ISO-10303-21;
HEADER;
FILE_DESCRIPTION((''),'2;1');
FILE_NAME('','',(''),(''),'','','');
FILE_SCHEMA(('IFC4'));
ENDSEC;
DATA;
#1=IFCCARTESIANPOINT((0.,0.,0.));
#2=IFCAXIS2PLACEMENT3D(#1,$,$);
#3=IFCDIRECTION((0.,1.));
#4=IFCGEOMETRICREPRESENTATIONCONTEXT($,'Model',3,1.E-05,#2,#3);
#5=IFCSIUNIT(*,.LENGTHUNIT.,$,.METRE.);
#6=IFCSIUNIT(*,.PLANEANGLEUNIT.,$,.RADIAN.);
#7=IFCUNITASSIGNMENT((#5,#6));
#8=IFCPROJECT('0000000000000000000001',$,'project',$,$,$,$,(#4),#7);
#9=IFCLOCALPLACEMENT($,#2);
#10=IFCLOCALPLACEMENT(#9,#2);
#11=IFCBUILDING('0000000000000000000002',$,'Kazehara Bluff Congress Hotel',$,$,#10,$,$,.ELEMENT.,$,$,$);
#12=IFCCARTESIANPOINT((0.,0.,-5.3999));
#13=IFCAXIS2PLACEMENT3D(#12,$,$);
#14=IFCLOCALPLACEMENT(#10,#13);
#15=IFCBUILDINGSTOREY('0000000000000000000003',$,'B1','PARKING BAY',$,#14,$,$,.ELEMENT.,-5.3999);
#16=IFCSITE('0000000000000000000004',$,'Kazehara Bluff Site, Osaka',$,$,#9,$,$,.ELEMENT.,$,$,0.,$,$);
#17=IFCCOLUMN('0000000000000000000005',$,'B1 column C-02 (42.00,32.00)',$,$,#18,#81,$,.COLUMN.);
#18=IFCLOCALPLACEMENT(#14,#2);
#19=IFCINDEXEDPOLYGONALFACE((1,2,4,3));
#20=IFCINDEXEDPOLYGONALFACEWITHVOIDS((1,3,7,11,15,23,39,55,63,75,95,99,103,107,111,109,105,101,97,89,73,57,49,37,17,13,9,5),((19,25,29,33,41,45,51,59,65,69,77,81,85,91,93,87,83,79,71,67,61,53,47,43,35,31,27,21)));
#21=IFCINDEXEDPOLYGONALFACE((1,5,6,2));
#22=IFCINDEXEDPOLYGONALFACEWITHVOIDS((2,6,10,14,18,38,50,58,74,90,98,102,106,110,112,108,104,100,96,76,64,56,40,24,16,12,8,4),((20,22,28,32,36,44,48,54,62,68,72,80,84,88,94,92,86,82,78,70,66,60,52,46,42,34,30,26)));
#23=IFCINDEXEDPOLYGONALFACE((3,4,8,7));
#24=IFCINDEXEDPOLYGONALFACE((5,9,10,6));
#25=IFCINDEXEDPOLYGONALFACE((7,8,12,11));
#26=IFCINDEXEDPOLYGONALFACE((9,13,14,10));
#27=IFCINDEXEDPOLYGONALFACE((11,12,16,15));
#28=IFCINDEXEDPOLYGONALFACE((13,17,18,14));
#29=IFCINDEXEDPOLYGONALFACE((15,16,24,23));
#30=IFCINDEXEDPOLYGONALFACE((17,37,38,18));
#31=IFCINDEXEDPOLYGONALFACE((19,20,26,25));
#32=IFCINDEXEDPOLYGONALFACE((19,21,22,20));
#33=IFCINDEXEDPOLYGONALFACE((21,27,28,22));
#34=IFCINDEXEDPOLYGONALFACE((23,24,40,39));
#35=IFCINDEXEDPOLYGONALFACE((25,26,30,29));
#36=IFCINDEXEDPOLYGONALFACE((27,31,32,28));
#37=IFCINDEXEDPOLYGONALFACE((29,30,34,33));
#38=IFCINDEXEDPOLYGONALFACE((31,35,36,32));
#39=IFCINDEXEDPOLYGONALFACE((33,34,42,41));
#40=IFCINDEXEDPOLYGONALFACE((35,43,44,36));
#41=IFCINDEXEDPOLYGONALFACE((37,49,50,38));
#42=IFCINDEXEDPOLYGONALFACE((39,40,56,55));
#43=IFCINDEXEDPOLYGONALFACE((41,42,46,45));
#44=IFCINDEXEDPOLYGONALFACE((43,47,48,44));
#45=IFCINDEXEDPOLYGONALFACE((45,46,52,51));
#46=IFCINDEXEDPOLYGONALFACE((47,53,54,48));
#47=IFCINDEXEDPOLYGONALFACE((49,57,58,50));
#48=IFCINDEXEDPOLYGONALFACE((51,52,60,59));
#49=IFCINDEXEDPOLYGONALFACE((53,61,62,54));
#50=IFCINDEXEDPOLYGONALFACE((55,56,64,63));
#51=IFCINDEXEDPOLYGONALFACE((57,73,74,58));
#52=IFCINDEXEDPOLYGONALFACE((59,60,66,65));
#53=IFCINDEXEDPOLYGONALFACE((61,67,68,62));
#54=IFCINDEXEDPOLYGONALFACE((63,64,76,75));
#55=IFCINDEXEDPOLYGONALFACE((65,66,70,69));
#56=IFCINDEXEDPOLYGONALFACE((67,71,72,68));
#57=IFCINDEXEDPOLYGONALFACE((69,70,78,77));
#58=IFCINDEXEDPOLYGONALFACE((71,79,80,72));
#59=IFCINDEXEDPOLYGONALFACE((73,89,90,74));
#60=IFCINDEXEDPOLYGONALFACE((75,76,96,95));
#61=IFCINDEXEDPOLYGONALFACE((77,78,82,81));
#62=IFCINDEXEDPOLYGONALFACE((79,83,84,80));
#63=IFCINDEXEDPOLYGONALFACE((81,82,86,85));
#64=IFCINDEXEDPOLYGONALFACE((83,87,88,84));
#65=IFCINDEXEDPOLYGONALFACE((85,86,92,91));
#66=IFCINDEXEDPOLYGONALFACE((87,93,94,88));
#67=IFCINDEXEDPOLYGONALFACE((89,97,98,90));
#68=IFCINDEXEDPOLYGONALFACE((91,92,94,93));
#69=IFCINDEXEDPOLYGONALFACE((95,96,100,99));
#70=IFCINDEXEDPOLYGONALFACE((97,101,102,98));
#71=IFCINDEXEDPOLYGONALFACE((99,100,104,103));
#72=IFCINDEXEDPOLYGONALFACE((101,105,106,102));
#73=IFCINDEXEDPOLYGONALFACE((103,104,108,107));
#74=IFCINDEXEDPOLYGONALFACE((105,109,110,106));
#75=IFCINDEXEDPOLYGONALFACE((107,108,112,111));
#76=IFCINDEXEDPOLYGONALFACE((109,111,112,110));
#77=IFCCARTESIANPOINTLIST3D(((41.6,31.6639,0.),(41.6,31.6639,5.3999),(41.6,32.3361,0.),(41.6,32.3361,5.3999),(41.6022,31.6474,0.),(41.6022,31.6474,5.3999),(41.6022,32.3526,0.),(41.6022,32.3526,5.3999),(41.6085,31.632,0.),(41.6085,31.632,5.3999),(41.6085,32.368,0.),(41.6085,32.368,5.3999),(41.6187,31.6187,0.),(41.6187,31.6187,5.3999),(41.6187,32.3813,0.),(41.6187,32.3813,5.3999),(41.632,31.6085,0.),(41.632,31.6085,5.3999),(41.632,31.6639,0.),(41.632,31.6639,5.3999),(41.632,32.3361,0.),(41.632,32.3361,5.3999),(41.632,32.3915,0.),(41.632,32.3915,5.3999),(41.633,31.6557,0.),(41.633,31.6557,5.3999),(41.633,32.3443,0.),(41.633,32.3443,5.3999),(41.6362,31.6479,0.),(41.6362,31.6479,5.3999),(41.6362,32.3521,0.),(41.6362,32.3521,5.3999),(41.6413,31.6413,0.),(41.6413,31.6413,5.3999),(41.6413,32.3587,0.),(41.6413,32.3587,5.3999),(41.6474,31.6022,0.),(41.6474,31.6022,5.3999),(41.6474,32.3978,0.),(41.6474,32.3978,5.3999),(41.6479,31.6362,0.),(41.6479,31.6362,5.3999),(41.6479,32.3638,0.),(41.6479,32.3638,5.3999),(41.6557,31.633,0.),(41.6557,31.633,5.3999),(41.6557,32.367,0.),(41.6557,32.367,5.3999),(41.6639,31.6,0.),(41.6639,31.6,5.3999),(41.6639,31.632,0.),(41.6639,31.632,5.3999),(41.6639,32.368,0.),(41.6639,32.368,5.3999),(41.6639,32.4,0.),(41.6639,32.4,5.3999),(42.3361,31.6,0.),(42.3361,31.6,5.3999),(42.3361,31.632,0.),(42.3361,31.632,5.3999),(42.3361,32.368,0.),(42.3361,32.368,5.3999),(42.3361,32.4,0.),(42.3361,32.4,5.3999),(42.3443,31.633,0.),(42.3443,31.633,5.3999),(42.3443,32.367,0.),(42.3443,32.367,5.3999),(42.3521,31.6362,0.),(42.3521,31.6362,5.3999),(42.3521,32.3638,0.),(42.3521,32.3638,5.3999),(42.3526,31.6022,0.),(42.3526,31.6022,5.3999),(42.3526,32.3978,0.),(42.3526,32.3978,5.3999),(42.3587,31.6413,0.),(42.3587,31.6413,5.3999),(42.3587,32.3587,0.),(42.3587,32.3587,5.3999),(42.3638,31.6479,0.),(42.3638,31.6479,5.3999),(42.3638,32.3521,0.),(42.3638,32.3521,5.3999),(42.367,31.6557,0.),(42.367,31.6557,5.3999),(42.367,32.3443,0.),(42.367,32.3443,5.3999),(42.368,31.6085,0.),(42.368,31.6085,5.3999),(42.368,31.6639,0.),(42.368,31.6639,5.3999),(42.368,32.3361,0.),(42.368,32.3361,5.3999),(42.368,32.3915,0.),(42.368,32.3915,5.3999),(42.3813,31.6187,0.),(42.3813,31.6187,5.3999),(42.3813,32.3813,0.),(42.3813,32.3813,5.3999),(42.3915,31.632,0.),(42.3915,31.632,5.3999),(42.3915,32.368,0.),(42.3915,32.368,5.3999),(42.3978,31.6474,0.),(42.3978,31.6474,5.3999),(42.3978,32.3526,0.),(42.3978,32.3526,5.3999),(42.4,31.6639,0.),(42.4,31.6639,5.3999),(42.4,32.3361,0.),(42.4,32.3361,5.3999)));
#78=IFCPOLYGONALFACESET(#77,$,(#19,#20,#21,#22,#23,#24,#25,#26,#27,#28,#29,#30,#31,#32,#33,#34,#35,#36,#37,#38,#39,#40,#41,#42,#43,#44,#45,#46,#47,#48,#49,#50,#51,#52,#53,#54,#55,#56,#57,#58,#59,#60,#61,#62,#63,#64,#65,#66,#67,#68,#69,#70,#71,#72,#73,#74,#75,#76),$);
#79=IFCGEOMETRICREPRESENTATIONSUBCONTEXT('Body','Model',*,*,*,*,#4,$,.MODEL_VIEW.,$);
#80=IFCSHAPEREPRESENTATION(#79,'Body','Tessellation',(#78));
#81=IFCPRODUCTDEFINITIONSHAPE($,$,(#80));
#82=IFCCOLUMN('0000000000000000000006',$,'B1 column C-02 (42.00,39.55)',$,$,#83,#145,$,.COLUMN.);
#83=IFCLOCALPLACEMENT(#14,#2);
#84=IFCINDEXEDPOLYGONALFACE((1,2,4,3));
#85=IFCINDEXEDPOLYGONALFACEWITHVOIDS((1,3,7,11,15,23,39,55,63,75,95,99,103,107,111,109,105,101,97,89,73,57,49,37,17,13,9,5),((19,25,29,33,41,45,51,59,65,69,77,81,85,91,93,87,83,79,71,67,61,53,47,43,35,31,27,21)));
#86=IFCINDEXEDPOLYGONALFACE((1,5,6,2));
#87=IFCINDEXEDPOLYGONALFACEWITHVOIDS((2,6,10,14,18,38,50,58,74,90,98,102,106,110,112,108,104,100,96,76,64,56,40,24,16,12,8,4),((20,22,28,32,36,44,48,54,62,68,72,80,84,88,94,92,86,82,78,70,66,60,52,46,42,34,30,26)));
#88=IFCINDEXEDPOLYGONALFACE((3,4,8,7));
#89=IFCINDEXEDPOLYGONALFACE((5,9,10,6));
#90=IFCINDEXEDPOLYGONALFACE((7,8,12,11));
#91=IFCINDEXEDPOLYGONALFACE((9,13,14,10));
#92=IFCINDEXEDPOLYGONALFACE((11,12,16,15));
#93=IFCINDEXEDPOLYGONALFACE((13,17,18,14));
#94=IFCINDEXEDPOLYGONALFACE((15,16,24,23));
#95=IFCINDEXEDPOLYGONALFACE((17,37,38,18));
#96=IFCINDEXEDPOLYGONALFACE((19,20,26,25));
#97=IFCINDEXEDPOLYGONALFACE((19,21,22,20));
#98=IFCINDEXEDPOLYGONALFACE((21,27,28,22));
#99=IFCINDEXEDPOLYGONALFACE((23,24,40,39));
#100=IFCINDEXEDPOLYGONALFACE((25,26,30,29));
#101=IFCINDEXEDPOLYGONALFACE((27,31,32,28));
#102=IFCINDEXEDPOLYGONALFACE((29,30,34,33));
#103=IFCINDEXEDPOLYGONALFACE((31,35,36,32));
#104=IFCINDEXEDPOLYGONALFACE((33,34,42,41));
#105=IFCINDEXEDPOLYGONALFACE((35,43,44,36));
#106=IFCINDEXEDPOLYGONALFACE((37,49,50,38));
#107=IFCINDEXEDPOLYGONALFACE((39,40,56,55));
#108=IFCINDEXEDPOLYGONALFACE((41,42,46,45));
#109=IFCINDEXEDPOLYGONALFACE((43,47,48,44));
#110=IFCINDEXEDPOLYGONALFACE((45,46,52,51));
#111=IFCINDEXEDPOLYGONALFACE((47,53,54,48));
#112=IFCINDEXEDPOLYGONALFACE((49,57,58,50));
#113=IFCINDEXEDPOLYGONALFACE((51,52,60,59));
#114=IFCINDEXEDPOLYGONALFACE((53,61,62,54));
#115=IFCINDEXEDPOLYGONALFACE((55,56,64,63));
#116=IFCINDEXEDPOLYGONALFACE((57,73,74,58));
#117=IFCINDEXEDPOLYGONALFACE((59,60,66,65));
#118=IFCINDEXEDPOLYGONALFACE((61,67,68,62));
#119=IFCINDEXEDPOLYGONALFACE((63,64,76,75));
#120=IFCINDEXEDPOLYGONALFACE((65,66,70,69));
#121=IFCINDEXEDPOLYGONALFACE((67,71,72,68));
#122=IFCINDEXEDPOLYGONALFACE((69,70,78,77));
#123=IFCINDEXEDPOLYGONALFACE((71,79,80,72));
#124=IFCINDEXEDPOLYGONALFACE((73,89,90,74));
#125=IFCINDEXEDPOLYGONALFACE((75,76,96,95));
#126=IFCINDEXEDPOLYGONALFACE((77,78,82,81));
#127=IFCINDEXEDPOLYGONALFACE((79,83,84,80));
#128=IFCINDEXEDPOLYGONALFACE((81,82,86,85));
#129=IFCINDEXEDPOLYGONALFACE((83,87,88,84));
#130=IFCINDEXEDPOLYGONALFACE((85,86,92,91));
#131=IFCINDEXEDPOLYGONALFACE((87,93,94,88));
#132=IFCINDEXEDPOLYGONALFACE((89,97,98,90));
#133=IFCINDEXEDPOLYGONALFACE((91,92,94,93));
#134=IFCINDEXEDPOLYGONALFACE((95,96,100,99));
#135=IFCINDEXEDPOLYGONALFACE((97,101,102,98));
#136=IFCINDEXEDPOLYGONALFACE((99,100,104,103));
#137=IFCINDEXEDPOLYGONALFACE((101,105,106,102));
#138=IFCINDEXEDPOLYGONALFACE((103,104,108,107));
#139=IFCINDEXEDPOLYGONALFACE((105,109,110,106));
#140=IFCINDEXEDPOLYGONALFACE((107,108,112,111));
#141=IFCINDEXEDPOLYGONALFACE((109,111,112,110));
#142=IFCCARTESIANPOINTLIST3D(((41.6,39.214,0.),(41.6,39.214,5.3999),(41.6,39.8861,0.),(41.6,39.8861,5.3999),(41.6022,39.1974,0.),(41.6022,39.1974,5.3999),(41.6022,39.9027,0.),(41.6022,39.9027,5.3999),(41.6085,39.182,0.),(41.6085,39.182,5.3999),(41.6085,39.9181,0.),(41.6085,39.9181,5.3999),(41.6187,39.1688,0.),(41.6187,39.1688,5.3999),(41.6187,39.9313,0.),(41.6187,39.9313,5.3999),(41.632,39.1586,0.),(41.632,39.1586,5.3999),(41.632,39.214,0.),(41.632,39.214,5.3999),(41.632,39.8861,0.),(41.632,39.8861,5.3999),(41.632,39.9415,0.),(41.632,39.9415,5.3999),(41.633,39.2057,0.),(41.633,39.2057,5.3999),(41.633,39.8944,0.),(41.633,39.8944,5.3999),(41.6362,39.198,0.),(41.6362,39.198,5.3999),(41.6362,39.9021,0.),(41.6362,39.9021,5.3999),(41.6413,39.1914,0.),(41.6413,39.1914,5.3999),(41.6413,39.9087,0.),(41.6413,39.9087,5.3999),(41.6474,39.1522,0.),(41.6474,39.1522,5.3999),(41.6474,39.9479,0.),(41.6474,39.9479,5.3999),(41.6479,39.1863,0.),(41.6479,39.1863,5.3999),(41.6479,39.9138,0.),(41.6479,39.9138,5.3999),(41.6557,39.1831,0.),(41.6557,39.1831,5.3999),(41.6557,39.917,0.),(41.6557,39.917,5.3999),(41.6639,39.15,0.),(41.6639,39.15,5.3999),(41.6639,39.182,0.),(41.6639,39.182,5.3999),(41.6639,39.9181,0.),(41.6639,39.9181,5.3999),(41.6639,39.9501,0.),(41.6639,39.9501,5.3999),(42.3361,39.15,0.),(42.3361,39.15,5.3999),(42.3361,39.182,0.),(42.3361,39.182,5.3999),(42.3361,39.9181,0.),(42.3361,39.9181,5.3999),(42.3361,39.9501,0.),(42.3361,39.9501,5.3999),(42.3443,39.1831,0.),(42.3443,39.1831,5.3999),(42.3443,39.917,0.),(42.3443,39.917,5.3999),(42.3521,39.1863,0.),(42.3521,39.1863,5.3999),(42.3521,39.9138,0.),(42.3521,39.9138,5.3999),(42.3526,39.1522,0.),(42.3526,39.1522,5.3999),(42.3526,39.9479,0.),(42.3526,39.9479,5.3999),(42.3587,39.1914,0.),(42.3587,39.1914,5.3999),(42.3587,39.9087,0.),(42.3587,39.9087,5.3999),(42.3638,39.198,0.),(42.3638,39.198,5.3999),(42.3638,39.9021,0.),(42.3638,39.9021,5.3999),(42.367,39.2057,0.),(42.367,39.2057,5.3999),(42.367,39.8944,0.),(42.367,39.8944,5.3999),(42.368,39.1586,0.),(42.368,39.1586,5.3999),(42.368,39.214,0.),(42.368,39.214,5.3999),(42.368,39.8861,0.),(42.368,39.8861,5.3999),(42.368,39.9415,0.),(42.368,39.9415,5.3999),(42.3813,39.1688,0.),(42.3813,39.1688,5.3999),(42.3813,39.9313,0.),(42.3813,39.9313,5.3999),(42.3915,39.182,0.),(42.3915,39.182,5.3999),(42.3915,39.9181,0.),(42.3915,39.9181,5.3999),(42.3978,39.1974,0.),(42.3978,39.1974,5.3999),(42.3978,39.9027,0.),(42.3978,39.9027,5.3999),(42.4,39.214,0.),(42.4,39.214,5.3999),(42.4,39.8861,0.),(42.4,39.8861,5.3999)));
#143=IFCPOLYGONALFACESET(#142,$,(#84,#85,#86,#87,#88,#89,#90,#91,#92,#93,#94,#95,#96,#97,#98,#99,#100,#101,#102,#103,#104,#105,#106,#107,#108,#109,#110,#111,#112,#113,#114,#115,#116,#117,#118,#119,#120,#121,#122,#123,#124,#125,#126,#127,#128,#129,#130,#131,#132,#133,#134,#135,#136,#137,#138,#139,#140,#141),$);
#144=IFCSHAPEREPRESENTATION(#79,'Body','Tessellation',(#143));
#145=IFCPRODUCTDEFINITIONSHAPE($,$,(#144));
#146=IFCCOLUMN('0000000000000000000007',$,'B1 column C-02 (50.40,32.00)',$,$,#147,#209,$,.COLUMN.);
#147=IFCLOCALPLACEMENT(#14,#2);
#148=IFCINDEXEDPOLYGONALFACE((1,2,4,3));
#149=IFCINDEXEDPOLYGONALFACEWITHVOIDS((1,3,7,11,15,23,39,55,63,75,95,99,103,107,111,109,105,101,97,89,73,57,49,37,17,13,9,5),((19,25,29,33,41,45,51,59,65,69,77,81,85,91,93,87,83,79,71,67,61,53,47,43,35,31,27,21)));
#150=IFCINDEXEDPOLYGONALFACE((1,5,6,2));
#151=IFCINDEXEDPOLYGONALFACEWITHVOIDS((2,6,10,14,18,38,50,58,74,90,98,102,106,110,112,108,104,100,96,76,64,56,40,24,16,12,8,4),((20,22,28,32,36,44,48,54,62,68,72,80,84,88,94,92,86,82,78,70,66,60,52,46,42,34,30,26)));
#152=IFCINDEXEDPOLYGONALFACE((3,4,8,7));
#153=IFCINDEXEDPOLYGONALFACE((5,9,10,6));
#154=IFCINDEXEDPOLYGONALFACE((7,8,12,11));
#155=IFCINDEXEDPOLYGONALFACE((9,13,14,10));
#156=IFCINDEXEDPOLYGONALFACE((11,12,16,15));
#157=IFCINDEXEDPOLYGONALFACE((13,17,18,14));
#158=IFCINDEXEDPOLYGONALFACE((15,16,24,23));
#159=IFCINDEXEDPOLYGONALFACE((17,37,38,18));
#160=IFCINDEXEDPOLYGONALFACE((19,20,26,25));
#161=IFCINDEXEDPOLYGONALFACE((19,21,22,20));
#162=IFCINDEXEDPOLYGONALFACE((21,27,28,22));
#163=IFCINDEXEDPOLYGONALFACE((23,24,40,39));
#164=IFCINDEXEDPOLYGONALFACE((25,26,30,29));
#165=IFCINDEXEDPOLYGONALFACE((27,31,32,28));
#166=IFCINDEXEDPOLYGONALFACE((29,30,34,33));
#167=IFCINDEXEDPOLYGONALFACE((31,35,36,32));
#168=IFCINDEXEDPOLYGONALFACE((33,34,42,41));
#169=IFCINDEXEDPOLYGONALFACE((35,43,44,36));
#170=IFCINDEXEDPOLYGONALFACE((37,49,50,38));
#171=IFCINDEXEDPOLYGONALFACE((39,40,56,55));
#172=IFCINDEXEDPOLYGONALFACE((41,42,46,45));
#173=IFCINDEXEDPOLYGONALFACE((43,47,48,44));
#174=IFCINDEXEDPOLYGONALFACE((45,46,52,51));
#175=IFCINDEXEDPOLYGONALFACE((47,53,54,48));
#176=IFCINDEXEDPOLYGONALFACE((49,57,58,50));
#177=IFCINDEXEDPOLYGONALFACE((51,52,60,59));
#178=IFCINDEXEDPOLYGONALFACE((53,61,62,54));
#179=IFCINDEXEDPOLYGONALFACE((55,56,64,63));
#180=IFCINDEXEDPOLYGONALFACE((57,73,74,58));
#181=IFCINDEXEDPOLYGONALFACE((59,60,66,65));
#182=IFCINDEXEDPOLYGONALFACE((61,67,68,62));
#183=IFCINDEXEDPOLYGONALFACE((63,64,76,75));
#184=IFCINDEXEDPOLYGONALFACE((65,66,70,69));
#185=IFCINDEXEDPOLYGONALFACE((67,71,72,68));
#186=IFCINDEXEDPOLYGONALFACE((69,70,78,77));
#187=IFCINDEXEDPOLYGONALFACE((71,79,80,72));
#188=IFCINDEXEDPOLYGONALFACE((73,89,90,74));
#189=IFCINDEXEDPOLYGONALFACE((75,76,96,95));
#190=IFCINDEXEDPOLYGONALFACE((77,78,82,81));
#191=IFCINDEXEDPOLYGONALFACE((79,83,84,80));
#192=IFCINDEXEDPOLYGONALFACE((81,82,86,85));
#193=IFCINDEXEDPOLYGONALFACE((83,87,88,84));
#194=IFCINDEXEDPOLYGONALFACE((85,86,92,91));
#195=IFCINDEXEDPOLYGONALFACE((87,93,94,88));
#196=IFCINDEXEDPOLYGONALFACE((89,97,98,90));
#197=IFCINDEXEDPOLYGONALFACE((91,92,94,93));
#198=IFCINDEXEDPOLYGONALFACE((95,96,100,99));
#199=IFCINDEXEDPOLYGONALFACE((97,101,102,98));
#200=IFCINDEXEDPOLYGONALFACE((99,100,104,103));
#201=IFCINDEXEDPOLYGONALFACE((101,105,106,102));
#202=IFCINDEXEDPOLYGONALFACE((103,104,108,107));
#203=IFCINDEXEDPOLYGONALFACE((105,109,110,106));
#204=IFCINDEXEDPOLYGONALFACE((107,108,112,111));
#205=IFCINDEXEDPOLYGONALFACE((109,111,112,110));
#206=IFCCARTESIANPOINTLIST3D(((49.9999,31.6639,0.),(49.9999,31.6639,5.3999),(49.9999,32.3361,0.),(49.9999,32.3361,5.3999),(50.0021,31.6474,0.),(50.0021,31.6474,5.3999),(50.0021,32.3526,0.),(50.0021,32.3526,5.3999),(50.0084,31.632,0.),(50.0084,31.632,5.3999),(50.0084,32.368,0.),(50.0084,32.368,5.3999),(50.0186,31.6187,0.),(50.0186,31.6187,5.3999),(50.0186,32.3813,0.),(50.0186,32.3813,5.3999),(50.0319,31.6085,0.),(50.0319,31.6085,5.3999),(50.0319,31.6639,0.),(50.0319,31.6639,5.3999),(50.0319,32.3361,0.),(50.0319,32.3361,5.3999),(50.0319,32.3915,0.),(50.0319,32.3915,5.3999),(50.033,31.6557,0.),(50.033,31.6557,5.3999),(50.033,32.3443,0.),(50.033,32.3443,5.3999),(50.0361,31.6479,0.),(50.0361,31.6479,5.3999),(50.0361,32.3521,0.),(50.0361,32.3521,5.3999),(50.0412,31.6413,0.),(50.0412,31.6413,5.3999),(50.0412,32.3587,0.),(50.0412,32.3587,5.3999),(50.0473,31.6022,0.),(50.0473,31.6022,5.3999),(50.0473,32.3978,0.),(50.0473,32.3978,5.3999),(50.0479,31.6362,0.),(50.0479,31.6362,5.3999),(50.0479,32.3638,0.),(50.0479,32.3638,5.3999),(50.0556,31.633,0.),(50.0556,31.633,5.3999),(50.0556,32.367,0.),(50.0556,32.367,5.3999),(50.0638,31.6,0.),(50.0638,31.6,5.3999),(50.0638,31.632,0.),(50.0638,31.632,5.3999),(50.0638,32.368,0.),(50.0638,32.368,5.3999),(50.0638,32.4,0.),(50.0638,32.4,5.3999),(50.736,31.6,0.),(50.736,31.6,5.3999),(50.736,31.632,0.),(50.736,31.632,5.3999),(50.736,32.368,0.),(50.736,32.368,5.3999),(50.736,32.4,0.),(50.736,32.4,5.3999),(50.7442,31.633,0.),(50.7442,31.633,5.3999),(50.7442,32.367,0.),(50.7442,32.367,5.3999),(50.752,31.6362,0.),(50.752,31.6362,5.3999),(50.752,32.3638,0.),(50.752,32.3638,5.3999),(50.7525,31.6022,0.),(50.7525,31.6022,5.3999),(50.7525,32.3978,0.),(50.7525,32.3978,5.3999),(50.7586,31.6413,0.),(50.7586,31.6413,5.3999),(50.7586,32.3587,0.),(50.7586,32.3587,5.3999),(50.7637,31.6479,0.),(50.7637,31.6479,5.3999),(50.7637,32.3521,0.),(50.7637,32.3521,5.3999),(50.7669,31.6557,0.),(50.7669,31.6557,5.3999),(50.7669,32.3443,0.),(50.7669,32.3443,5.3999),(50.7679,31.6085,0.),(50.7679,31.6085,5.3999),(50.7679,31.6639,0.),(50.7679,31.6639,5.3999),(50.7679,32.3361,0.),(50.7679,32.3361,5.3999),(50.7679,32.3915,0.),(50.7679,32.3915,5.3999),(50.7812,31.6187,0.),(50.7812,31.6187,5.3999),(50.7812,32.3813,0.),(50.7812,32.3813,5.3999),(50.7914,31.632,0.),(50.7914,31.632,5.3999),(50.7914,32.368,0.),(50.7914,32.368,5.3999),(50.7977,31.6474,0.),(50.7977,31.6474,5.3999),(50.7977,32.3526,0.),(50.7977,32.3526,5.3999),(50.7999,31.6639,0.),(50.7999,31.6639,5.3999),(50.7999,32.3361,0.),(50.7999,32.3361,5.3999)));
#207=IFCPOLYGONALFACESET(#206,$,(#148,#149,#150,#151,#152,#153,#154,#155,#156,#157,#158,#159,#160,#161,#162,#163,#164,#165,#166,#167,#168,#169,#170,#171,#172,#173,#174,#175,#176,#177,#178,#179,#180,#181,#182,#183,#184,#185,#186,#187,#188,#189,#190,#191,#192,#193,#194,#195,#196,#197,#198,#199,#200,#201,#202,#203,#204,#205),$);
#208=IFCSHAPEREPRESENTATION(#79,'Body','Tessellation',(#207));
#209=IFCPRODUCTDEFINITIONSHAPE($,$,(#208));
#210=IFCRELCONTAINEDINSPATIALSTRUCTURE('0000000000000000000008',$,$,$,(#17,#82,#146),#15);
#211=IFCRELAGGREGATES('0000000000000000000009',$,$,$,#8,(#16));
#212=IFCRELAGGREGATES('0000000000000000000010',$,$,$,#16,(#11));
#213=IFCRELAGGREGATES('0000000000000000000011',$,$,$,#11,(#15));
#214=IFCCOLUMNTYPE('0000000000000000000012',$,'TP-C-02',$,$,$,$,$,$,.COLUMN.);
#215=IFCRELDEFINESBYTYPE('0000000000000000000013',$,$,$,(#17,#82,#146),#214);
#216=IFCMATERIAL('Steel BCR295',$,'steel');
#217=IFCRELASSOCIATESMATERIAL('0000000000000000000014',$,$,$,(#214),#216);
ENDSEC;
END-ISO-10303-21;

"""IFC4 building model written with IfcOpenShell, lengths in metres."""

from ifc_helpers import new_model, si_unit, direction, frame, origin, origin_2d, place, context, subcontext, project, spatial, hollow_rectangle, extrude, material, material_profile, profile_set, type_object, element, save


model = new_model("IFC4")

# Units and contexts
model_context = context("Model", 3, precision=1e-05, world=origin(), true_north=direction((0.0, 1.0)))
body_context = subcontext(model_context, "Body", "Model", "MODEL_VIEW")
ifc_project = project(units=[si_unit("LENGTHUNIT", "METRE"), si_unit("PLANEANGLEUNIT", "RADIAN")], contexts=[model_context])

# Site, building, storey
site_placement = place(None, origin())
site = spatial("IfcSite", under=ifc_project, at=site_placement, Name="Kazehara Bluff Site, Osaka", CompositionType="ELEMENT", RefElevation=0.0)
building_placement = place(site_placement, origin())
building = spatial("IfcBuilding", under=site, at=building_placement, Name="Kazehara Bluff Congress Hotel", CompositionType="ELEMENT")
storey_placement = place(building_placement, frame((0.0, 0.0, -5.3999)))
storey = spatial("IfcBuildingStorey", under=building, at=storey_placement, Name="B1", Description="PARKING BAY", CompositionType="ELEMENT", Elevation=-5.3999)

# Columns
ifc_material_1 = material(Name="Steel BCR295", Category="steel")
ifc_material_profile_1 = material_profile(ifc_material_1, hollow_rectangle(XDim=0.8, YDim=0.8, WallThickness=0.032, InnerFilletRadius=0.032, OuterFilletRadius=0.064, at=origin_2d()))
ifc_profile_set_1 = profile_set([ifc_material_profile_1], Name="Steel BCR295")
column_type_1 = type_object("IfcColumnType", Name="TP-C-02", PredefinedType="COLUMN", material=ifc_profile_set_1)
for number, where, z_axis, x_axis, name in (
    (1, (42.0, 32.0, 0.0), (0.0, 0.0, 1.0), (1.0, 0.0, 0.0), "B1 column C-02 (42.00,32.00)"),
    (2, (42.0, 39.55, 0.0), (0.0, 0.0, 1.0), (1.0, 0.0, 0.0), "B1 column C-02 (42.00,39.55)"),
    (3, (50.3999, 32.0, 0.0), (0.0, 0.0, 1.0), (1.0, 0.0, 0.0), "B1 column C-02 (50.40,32.00)"),
):
    element("IfcColumn", number, at=place(storey_placement, frame(where, z_axis=z_axis, x_axis=x_axis)), inside=storey, type_object=column_type_1, Name=name, PredefinedType="COLUMN", context=body_context, shape_type="SweptSolid", body=[
        extrude(hollow_rectangle(XDim=0.8, YDim=0.8, WallThickness=0.032, InnerFilletRadius=0.032, OuterFilletRadius=0.064, at=origin_2d()), origin(), (0.0, 0.0, 1.0), 5.3999),
    ])

save(model, "model.ifc")
